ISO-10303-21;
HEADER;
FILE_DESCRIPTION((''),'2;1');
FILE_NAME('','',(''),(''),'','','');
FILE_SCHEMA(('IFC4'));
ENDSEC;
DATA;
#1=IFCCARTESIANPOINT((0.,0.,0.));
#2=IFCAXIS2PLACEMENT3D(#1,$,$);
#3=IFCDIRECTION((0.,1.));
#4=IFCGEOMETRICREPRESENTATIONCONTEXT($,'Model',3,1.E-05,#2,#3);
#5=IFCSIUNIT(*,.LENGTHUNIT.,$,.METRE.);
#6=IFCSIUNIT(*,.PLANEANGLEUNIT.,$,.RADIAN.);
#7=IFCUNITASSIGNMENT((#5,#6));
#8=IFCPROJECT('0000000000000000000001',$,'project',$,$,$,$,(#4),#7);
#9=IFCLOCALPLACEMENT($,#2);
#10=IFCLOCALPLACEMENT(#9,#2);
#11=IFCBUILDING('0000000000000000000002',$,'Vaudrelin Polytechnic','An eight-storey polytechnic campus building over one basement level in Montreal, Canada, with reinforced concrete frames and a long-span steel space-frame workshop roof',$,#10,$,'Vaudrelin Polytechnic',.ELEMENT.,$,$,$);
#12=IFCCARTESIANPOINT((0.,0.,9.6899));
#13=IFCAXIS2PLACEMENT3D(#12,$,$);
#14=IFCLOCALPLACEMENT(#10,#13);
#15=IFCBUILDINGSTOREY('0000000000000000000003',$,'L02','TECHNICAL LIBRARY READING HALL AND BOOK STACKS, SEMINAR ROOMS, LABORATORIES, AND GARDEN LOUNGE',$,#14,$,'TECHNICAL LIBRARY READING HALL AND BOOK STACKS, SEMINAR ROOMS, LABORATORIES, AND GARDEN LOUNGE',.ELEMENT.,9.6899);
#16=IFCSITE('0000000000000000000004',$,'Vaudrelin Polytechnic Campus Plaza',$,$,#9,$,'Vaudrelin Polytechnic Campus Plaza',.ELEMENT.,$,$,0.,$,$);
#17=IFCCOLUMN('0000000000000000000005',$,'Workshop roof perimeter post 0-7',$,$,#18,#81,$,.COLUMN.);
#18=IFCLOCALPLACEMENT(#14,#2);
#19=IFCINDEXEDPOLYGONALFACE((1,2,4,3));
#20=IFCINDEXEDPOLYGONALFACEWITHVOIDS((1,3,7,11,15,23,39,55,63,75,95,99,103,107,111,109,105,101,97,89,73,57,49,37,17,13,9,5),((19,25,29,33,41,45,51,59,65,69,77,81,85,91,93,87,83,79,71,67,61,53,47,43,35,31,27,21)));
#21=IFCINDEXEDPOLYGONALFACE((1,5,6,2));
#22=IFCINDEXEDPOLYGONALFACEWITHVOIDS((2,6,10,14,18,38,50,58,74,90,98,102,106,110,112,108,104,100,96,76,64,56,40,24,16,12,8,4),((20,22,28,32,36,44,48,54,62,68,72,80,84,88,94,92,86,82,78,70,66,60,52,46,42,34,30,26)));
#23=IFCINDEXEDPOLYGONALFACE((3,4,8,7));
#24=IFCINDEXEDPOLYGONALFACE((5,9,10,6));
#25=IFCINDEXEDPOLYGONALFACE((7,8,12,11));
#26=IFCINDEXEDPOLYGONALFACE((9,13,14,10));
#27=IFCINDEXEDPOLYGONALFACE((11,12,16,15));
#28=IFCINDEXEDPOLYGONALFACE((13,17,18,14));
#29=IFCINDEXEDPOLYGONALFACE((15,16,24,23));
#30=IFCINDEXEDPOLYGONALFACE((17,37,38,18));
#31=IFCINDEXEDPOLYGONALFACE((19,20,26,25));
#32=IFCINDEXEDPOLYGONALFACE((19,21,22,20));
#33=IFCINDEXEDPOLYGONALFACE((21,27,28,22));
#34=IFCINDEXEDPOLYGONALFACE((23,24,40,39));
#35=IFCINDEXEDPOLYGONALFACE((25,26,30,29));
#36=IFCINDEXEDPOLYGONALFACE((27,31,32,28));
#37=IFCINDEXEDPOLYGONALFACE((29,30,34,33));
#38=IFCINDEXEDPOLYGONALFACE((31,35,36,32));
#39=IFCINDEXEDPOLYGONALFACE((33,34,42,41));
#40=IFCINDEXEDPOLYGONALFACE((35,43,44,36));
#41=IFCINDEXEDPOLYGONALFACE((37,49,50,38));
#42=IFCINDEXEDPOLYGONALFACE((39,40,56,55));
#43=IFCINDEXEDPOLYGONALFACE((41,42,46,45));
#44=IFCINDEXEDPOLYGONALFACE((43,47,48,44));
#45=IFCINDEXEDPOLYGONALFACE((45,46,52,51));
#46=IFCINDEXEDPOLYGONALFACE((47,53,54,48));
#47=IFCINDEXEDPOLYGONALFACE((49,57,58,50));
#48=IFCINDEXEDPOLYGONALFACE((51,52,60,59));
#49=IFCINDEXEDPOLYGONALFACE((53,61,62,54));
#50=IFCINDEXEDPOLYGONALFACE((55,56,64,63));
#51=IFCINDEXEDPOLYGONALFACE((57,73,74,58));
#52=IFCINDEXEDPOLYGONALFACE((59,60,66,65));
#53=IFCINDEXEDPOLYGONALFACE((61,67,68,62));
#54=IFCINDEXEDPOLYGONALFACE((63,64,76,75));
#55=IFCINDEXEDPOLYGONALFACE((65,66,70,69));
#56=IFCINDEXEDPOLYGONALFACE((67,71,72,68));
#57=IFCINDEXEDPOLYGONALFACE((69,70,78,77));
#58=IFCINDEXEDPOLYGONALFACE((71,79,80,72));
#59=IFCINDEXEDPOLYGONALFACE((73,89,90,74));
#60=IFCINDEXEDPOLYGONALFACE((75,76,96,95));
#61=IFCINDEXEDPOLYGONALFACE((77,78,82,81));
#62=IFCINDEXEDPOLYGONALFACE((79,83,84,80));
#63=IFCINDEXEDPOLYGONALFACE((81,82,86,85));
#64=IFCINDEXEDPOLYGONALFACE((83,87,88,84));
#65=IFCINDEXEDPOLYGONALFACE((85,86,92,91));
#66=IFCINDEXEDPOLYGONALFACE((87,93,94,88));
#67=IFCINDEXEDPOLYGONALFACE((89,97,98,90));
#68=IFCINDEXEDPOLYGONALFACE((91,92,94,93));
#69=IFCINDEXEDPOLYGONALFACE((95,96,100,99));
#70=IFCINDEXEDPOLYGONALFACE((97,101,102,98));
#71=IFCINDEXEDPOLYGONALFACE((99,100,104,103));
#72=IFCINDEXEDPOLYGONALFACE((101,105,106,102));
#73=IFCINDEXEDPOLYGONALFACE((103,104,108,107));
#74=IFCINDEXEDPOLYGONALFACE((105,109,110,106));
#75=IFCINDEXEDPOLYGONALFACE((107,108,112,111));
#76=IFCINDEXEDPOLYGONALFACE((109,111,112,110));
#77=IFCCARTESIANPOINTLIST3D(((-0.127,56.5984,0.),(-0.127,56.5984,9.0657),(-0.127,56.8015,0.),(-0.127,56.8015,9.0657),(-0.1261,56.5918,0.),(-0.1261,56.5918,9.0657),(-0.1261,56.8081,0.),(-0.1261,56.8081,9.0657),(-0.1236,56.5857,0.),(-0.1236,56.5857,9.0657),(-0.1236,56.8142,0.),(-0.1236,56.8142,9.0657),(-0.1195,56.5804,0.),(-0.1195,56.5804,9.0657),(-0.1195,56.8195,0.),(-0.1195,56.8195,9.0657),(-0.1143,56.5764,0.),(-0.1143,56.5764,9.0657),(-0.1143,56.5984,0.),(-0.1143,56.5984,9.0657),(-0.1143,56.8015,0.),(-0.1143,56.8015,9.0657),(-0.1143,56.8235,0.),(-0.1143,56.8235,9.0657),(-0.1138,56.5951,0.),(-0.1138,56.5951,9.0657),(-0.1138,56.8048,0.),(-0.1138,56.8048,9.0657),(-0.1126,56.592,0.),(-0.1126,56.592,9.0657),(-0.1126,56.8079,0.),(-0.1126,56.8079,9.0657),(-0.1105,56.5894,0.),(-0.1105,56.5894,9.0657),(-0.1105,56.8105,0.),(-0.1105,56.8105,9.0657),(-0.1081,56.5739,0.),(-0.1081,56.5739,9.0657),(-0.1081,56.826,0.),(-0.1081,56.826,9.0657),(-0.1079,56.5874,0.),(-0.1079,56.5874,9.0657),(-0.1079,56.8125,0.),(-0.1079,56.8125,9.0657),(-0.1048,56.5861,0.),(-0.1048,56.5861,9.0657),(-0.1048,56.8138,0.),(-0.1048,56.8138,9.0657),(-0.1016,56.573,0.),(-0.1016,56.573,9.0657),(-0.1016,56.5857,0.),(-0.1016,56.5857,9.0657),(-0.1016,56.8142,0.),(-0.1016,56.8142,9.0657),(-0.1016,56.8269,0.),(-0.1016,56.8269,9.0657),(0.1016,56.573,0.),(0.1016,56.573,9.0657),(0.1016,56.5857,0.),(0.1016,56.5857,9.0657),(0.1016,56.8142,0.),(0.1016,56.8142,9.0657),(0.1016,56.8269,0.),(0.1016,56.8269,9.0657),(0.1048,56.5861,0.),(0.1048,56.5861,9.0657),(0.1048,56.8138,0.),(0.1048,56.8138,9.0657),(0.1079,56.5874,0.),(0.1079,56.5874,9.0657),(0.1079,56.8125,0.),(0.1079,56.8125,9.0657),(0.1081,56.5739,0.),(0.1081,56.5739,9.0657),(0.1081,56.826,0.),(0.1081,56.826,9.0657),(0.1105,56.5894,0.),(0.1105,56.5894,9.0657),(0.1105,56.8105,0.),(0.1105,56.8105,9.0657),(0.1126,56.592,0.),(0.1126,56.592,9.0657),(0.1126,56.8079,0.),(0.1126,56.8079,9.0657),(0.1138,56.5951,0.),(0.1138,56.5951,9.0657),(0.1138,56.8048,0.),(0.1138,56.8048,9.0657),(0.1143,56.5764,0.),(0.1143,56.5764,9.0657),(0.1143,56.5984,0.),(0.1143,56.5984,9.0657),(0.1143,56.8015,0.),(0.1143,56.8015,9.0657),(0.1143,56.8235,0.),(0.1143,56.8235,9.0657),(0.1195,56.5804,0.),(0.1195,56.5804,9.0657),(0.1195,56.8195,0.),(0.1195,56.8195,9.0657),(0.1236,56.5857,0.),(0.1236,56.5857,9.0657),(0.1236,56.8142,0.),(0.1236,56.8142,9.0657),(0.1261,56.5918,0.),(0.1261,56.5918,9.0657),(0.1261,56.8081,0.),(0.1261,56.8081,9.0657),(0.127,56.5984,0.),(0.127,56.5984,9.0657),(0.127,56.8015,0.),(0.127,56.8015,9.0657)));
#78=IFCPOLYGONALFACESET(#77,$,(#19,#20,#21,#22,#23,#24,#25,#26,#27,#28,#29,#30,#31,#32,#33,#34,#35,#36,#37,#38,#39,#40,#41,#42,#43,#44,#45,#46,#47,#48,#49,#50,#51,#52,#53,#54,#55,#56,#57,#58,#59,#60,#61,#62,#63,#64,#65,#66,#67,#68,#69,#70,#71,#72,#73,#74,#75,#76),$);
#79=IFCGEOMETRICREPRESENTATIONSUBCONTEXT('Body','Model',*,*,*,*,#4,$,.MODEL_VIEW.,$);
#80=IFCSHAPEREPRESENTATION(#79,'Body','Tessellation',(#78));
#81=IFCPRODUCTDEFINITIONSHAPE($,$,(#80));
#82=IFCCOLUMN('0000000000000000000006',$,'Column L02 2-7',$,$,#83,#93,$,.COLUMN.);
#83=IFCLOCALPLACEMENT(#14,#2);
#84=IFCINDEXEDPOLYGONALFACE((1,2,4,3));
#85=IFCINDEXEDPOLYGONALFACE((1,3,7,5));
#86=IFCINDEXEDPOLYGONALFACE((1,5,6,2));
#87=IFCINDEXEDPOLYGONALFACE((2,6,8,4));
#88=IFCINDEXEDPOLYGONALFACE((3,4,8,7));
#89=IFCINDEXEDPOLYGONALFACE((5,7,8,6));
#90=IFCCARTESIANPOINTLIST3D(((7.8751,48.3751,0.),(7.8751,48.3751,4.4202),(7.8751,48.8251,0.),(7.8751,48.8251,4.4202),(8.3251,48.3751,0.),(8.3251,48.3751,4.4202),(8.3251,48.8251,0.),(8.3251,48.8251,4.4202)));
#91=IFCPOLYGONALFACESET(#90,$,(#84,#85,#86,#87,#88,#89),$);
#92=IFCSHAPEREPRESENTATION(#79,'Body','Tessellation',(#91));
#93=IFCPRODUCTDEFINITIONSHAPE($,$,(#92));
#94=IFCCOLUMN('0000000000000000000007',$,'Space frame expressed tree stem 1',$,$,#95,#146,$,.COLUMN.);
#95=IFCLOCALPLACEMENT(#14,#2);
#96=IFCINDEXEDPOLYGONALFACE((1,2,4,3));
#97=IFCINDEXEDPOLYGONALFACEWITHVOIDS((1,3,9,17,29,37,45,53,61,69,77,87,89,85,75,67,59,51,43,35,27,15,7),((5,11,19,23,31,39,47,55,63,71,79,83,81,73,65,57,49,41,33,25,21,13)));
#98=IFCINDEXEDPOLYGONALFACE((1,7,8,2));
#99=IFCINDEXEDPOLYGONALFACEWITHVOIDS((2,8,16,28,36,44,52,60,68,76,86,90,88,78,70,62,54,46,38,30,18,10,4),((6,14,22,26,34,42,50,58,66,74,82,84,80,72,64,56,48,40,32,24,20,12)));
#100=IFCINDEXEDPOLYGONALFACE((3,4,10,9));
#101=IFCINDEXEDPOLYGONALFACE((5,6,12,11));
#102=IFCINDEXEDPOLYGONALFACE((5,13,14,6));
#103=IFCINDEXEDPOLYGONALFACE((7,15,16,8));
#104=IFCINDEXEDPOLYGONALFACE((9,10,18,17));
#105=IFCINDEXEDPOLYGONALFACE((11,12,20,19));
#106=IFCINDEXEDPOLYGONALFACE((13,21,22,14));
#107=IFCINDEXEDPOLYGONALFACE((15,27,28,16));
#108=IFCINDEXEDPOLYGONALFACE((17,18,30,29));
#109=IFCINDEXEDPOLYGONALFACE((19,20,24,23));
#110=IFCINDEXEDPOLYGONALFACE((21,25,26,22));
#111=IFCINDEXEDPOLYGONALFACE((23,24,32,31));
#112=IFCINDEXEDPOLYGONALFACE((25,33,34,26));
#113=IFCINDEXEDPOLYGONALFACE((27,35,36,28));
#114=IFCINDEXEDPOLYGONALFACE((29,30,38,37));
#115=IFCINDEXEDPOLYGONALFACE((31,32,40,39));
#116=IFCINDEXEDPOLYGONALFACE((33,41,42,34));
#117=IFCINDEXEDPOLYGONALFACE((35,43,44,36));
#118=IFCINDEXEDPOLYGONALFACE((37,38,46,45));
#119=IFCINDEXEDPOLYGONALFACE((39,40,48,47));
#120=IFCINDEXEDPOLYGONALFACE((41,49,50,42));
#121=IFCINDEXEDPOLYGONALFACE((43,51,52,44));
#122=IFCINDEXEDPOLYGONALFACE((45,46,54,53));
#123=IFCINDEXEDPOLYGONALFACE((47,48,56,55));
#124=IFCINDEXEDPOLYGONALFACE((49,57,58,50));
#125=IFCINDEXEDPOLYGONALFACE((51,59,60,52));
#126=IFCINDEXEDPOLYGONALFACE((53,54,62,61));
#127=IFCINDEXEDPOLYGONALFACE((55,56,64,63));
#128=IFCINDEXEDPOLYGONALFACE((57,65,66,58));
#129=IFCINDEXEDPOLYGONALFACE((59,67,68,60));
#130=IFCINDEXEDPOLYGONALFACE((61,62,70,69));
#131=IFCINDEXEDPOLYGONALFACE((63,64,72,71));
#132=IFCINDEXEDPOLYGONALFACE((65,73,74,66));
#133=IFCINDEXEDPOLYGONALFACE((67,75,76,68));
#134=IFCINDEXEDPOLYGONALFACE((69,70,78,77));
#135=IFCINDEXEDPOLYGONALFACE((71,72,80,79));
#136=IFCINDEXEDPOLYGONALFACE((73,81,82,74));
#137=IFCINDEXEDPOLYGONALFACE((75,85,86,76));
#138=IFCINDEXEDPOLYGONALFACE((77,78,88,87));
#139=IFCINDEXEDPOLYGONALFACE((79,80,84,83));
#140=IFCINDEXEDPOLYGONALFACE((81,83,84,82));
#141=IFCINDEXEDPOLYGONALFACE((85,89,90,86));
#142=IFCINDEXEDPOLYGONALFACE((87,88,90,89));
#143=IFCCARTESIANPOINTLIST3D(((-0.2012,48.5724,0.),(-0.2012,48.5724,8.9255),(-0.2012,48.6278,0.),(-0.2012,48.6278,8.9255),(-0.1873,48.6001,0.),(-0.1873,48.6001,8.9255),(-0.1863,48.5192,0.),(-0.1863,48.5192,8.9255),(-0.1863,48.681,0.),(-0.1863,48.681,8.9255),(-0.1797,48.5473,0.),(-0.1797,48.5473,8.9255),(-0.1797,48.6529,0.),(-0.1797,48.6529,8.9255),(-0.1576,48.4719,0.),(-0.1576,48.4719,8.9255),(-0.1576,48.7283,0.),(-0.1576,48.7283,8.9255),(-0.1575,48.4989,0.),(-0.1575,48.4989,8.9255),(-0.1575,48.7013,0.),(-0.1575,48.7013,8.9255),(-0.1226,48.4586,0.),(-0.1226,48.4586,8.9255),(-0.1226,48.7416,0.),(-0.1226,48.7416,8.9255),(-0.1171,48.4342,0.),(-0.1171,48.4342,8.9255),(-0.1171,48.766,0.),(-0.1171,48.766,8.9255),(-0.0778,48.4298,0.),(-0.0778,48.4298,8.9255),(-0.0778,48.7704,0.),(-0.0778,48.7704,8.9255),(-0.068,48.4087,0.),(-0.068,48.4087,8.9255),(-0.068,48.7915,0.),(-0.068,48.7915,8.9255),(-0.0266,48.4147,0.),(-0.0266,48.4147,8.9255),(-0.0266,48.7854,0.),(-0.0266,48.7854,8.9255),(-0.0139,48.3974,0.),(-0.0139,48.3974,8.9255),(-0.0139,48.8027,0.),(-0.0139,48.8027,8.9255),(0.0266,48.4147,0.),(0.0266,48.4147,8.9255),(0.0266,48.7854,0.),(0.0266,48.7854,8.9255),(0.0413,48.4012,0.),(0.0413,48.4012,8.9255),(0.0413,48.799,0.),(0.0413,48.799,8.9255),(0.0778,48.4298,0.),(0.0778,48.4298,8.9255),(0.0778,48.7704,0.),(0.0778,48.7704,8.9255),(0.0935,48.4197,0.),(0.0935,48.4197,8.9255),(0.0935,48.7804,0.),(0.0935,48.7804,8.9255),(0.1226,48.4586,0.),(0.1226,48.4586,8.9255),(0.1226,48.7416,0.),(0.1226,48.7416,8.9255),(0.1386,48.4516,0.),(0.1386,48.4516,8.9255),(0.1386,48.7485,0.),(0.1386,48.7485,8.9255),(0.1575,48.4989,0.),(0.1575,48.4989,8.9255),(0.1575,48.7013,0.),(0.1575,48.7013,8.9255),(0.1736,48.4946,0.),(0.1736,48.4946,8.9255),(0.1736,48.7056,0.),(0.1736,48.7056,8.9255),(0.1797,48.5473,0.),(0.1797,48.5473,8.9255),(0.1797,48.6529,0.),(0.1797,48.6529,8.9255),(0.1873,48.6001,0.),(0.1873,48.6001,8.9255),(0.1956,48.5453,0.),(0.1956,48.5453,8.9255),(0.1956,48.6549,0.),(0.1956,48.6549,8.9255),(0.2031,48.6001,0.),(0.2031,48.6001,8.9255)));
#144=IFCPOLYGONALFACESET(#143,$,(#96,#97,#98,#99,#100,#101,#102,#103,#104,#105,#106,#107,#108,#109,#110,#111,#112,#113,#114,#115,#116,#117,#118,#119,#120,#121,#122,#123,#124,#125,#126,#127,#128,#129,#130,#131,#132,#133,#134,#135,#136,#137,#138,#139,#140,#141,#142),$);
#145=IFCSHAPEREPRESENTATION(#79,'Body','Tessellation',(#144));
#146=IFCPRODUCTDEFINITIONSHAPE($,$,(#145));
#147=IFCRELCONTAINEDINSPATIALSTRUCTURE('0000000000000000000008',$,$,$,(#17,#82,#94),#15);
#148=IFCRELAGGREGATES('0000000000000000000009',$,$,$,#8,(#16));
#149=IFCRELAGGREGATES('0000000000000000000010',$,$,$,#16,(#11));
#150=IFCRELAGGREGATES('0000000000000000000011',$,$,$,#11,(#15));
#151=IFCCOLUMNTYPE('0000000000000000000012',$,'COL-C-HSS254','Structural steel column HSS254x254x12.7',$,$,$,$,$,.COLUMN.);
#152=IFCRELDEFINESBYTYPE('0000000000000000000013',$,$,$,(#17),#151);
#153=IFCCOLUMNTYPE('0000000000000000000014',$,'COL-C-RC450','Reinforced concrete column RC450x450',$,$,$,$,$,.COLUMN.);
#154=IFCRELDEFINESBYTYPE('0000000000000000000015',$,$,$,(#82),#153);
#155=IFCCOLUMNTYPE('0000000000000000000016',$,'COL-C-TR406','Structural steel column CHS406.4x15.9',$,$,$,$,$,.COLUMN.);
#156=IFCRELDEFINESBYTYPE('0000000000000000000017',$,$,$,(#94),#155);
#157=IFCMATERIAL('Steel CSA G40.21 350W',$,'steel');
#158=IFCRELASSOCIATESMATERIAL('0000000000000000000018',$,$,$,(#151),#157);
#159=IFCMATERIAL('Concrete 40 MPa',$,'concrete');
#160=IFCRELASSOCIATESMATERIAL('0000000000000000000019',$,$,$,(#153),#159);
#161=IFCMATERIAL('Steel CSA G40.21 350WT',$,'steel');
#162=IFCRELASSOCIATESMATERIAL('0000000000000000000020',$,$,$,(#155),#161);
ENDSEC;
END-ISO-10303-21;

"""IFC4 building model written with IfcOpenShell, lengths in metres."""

from ifc_helpers import new_model, si_unit, direction, frame, origin, origin_2d, place, context, subcontext, project, spatial, rectangle, hollow_rectangle, hollow_circle, extrude, material, material_profile, profile_set, type_object, element, save


model = new_model("IFC4")

# Units and contexts
model_context = context("Model", 3, precision=1e-05, world=origin(), true_north=direction((0.0, 1.0)))
body_context = subcontext(model_context, "Body", "Model", "MODEL_VIEW")
ifc_project = project(units=[si_unit("LENGTHUNIT", "METRE"), si_unit("PLANEANGLEUNIT", "RADIAN")], contexts=[model_context])

# Site, building, storey
site_placement = place(None, origin())
site = spatial("IfcSite", under=ifc_project, at=site_placement, Name="Vaudrelin Polytechnic Campus Plaza", LongName="Vaudrelin Polytechnic Campus Plaza", CompositionType="ELEMENT", RefElevation=0.0)
building_placement = place(site_placement, origin())
building = spatial("IfcBuilding", under=site, at=building_placement, Name="Vaudrelin Polytechnic", Description="An eight-storey polytechnic campus building over one basement level in Montreal, Canada, with reinforced concrete frames and a long-span steel space-frame workshop roof", LongName="Vaudrelin Polytechnic", CompositionType="ELEMENT")
storey_placement = place(building_placement, frame((0.0, 0.0, 9.6899)))
storey = spatial("IfcBuildingStorey", under=building, at=storey_placement, Name="L02", Description="TECHNICAL LIBRARY READING HALL AND BOOK STACKS, SEMINAR ROOMS, LABORATORIES, AND GARDEN LOUNGE", LongName="TECHNICAL LIBRARY READING HALL AND BOOK STACKS, SEMINAR ROOMS, LABORATORIES, AND GARDEN LOUNGE", CompositionType="ELEMENT", Elevation=9.6899)

# Columns
ifc_material_1 = material(Name="Steel CSA G40.21 350W", Category="steel")
ifc_material_profile_1 = material_profile(ifc_material_1, hollow_rectangle(XDim=0.2539, YDim=0.2539, WallThickness=0.0127, InnerFilletRadius=0.0127, OuterFilletRadius=0.0254, at=origin_2d()), Name="HSS254x254x12.7")
ifc_profile_set_1 = profile_set([ifc_material_profile_1], Name="Steel CSA G40.21 350W")
column_type_1 = type_object("IfcColumnType", Name="COL-C-HSS254", Description="Structural steel column HSS254x254x12.7", PredefinedType="COLUMN", material=ifc_profile_set_1)
column_1_placement = place(storey_placement, frame((0.0, 56.7, 0.0), z_axis=(0.0, 0.0, 1.0), x_axis=(1.0, 0.0, 0.0)))
element("IfcColumn", 1, at=column_1_placement, inside=storey, type_object=column_type_1, Name="Workshop roof perimeter post 0-7", PredefinedType="COLUMN", context=body_context, shape_type="SweptSolid", body=[
    extrude(hollow_rectangle(XDim=0.2539, YDim=0.2539, WallThickness=0.0127, InnerFilletRadius=0.0127, OuterFilletRadius=0.0254, at=origin_2d()), origin(), (0.0, 0.0, 1.0), 9.0657),
])
ifc_material_2 = material(Name="Concrete 40 MPa", Category="concrete")
ifc_material_profile_2 = material_profile(ifc_material_2, rectangle(XDim=0.45, YDim=0.45, at=origin_2d()), Name="RC450x450")
ifc_profile_set_2 = profile_set([ifc_material_profile_2], Name="Concrete 40 MPa")
column_type_2 = type_object("IfcColumnType", Name="COL-C-RC450", Description="Reinforced concrete column RC450x450", PredefinedType="COLUMN", material=ifc_profile_set_2)
column_2_placement = place(storey_placement, frame((8.1001, 48.6001, 0.0), z_axis=(0.0, 0.0, 1.0), x_axis=(1.0, 0.0, 0.0)))
element("IfcColumn", 2, at=column_2_placement, inside=storey, type_object=column_type_2, Name="Column L02 2-7", PredefinedType="COLUMN", context=body_context, shape_type="SweptSolid", body=[
    extrude(rectangle(XDim=0.45, YDim=0.45, at=origin_2d()), origin(), (0.0, 0.0, 1.0), 4.4202),
])
ifc_material_3 = material(Name="Steel CSA G40.21 350WT", Category="steel")
ifc_material_profile_3 = material_profile(ifc_material_3, hollow_circle(Radius=0.2031, WallThickness=0.0159, at=origin_2d()), Name="CHS406.4x15.9")
ifc_profile_set_3 = profile_set([ifc_material_profile_3], Name="Steel CSA G40.21 350WT")
column_type_3 = type_object("IfcColumnType", Name="COL-C-TR406", Description="Structural steel column CHS406.4x15.9", PredefinedType="COLUMN", material=ifc_profile_set_3)
column_3_placement = place(storey_placement, frame((0.0, 48.6001, 0.0), z_axis=(0.0, 0.0, 1.0), x_axis=(1.0, 0.0, 0.0)))
element("IfcColumn", 3, at=column_3_placement, inside=storey, type_object=column_type_3, Name="Space frame expressed tree stem 1", PredefinedType="COLUMN", context=body_context, shape_type="SweptSolid", body=[
    extrude(hollow_circle(Radius=0.2031, WallThickness=0.0159, at=origin_2d()), origin(), (0.0, 0.0, 1.0), 8.9255),
])

save(model, "model.ifc")
